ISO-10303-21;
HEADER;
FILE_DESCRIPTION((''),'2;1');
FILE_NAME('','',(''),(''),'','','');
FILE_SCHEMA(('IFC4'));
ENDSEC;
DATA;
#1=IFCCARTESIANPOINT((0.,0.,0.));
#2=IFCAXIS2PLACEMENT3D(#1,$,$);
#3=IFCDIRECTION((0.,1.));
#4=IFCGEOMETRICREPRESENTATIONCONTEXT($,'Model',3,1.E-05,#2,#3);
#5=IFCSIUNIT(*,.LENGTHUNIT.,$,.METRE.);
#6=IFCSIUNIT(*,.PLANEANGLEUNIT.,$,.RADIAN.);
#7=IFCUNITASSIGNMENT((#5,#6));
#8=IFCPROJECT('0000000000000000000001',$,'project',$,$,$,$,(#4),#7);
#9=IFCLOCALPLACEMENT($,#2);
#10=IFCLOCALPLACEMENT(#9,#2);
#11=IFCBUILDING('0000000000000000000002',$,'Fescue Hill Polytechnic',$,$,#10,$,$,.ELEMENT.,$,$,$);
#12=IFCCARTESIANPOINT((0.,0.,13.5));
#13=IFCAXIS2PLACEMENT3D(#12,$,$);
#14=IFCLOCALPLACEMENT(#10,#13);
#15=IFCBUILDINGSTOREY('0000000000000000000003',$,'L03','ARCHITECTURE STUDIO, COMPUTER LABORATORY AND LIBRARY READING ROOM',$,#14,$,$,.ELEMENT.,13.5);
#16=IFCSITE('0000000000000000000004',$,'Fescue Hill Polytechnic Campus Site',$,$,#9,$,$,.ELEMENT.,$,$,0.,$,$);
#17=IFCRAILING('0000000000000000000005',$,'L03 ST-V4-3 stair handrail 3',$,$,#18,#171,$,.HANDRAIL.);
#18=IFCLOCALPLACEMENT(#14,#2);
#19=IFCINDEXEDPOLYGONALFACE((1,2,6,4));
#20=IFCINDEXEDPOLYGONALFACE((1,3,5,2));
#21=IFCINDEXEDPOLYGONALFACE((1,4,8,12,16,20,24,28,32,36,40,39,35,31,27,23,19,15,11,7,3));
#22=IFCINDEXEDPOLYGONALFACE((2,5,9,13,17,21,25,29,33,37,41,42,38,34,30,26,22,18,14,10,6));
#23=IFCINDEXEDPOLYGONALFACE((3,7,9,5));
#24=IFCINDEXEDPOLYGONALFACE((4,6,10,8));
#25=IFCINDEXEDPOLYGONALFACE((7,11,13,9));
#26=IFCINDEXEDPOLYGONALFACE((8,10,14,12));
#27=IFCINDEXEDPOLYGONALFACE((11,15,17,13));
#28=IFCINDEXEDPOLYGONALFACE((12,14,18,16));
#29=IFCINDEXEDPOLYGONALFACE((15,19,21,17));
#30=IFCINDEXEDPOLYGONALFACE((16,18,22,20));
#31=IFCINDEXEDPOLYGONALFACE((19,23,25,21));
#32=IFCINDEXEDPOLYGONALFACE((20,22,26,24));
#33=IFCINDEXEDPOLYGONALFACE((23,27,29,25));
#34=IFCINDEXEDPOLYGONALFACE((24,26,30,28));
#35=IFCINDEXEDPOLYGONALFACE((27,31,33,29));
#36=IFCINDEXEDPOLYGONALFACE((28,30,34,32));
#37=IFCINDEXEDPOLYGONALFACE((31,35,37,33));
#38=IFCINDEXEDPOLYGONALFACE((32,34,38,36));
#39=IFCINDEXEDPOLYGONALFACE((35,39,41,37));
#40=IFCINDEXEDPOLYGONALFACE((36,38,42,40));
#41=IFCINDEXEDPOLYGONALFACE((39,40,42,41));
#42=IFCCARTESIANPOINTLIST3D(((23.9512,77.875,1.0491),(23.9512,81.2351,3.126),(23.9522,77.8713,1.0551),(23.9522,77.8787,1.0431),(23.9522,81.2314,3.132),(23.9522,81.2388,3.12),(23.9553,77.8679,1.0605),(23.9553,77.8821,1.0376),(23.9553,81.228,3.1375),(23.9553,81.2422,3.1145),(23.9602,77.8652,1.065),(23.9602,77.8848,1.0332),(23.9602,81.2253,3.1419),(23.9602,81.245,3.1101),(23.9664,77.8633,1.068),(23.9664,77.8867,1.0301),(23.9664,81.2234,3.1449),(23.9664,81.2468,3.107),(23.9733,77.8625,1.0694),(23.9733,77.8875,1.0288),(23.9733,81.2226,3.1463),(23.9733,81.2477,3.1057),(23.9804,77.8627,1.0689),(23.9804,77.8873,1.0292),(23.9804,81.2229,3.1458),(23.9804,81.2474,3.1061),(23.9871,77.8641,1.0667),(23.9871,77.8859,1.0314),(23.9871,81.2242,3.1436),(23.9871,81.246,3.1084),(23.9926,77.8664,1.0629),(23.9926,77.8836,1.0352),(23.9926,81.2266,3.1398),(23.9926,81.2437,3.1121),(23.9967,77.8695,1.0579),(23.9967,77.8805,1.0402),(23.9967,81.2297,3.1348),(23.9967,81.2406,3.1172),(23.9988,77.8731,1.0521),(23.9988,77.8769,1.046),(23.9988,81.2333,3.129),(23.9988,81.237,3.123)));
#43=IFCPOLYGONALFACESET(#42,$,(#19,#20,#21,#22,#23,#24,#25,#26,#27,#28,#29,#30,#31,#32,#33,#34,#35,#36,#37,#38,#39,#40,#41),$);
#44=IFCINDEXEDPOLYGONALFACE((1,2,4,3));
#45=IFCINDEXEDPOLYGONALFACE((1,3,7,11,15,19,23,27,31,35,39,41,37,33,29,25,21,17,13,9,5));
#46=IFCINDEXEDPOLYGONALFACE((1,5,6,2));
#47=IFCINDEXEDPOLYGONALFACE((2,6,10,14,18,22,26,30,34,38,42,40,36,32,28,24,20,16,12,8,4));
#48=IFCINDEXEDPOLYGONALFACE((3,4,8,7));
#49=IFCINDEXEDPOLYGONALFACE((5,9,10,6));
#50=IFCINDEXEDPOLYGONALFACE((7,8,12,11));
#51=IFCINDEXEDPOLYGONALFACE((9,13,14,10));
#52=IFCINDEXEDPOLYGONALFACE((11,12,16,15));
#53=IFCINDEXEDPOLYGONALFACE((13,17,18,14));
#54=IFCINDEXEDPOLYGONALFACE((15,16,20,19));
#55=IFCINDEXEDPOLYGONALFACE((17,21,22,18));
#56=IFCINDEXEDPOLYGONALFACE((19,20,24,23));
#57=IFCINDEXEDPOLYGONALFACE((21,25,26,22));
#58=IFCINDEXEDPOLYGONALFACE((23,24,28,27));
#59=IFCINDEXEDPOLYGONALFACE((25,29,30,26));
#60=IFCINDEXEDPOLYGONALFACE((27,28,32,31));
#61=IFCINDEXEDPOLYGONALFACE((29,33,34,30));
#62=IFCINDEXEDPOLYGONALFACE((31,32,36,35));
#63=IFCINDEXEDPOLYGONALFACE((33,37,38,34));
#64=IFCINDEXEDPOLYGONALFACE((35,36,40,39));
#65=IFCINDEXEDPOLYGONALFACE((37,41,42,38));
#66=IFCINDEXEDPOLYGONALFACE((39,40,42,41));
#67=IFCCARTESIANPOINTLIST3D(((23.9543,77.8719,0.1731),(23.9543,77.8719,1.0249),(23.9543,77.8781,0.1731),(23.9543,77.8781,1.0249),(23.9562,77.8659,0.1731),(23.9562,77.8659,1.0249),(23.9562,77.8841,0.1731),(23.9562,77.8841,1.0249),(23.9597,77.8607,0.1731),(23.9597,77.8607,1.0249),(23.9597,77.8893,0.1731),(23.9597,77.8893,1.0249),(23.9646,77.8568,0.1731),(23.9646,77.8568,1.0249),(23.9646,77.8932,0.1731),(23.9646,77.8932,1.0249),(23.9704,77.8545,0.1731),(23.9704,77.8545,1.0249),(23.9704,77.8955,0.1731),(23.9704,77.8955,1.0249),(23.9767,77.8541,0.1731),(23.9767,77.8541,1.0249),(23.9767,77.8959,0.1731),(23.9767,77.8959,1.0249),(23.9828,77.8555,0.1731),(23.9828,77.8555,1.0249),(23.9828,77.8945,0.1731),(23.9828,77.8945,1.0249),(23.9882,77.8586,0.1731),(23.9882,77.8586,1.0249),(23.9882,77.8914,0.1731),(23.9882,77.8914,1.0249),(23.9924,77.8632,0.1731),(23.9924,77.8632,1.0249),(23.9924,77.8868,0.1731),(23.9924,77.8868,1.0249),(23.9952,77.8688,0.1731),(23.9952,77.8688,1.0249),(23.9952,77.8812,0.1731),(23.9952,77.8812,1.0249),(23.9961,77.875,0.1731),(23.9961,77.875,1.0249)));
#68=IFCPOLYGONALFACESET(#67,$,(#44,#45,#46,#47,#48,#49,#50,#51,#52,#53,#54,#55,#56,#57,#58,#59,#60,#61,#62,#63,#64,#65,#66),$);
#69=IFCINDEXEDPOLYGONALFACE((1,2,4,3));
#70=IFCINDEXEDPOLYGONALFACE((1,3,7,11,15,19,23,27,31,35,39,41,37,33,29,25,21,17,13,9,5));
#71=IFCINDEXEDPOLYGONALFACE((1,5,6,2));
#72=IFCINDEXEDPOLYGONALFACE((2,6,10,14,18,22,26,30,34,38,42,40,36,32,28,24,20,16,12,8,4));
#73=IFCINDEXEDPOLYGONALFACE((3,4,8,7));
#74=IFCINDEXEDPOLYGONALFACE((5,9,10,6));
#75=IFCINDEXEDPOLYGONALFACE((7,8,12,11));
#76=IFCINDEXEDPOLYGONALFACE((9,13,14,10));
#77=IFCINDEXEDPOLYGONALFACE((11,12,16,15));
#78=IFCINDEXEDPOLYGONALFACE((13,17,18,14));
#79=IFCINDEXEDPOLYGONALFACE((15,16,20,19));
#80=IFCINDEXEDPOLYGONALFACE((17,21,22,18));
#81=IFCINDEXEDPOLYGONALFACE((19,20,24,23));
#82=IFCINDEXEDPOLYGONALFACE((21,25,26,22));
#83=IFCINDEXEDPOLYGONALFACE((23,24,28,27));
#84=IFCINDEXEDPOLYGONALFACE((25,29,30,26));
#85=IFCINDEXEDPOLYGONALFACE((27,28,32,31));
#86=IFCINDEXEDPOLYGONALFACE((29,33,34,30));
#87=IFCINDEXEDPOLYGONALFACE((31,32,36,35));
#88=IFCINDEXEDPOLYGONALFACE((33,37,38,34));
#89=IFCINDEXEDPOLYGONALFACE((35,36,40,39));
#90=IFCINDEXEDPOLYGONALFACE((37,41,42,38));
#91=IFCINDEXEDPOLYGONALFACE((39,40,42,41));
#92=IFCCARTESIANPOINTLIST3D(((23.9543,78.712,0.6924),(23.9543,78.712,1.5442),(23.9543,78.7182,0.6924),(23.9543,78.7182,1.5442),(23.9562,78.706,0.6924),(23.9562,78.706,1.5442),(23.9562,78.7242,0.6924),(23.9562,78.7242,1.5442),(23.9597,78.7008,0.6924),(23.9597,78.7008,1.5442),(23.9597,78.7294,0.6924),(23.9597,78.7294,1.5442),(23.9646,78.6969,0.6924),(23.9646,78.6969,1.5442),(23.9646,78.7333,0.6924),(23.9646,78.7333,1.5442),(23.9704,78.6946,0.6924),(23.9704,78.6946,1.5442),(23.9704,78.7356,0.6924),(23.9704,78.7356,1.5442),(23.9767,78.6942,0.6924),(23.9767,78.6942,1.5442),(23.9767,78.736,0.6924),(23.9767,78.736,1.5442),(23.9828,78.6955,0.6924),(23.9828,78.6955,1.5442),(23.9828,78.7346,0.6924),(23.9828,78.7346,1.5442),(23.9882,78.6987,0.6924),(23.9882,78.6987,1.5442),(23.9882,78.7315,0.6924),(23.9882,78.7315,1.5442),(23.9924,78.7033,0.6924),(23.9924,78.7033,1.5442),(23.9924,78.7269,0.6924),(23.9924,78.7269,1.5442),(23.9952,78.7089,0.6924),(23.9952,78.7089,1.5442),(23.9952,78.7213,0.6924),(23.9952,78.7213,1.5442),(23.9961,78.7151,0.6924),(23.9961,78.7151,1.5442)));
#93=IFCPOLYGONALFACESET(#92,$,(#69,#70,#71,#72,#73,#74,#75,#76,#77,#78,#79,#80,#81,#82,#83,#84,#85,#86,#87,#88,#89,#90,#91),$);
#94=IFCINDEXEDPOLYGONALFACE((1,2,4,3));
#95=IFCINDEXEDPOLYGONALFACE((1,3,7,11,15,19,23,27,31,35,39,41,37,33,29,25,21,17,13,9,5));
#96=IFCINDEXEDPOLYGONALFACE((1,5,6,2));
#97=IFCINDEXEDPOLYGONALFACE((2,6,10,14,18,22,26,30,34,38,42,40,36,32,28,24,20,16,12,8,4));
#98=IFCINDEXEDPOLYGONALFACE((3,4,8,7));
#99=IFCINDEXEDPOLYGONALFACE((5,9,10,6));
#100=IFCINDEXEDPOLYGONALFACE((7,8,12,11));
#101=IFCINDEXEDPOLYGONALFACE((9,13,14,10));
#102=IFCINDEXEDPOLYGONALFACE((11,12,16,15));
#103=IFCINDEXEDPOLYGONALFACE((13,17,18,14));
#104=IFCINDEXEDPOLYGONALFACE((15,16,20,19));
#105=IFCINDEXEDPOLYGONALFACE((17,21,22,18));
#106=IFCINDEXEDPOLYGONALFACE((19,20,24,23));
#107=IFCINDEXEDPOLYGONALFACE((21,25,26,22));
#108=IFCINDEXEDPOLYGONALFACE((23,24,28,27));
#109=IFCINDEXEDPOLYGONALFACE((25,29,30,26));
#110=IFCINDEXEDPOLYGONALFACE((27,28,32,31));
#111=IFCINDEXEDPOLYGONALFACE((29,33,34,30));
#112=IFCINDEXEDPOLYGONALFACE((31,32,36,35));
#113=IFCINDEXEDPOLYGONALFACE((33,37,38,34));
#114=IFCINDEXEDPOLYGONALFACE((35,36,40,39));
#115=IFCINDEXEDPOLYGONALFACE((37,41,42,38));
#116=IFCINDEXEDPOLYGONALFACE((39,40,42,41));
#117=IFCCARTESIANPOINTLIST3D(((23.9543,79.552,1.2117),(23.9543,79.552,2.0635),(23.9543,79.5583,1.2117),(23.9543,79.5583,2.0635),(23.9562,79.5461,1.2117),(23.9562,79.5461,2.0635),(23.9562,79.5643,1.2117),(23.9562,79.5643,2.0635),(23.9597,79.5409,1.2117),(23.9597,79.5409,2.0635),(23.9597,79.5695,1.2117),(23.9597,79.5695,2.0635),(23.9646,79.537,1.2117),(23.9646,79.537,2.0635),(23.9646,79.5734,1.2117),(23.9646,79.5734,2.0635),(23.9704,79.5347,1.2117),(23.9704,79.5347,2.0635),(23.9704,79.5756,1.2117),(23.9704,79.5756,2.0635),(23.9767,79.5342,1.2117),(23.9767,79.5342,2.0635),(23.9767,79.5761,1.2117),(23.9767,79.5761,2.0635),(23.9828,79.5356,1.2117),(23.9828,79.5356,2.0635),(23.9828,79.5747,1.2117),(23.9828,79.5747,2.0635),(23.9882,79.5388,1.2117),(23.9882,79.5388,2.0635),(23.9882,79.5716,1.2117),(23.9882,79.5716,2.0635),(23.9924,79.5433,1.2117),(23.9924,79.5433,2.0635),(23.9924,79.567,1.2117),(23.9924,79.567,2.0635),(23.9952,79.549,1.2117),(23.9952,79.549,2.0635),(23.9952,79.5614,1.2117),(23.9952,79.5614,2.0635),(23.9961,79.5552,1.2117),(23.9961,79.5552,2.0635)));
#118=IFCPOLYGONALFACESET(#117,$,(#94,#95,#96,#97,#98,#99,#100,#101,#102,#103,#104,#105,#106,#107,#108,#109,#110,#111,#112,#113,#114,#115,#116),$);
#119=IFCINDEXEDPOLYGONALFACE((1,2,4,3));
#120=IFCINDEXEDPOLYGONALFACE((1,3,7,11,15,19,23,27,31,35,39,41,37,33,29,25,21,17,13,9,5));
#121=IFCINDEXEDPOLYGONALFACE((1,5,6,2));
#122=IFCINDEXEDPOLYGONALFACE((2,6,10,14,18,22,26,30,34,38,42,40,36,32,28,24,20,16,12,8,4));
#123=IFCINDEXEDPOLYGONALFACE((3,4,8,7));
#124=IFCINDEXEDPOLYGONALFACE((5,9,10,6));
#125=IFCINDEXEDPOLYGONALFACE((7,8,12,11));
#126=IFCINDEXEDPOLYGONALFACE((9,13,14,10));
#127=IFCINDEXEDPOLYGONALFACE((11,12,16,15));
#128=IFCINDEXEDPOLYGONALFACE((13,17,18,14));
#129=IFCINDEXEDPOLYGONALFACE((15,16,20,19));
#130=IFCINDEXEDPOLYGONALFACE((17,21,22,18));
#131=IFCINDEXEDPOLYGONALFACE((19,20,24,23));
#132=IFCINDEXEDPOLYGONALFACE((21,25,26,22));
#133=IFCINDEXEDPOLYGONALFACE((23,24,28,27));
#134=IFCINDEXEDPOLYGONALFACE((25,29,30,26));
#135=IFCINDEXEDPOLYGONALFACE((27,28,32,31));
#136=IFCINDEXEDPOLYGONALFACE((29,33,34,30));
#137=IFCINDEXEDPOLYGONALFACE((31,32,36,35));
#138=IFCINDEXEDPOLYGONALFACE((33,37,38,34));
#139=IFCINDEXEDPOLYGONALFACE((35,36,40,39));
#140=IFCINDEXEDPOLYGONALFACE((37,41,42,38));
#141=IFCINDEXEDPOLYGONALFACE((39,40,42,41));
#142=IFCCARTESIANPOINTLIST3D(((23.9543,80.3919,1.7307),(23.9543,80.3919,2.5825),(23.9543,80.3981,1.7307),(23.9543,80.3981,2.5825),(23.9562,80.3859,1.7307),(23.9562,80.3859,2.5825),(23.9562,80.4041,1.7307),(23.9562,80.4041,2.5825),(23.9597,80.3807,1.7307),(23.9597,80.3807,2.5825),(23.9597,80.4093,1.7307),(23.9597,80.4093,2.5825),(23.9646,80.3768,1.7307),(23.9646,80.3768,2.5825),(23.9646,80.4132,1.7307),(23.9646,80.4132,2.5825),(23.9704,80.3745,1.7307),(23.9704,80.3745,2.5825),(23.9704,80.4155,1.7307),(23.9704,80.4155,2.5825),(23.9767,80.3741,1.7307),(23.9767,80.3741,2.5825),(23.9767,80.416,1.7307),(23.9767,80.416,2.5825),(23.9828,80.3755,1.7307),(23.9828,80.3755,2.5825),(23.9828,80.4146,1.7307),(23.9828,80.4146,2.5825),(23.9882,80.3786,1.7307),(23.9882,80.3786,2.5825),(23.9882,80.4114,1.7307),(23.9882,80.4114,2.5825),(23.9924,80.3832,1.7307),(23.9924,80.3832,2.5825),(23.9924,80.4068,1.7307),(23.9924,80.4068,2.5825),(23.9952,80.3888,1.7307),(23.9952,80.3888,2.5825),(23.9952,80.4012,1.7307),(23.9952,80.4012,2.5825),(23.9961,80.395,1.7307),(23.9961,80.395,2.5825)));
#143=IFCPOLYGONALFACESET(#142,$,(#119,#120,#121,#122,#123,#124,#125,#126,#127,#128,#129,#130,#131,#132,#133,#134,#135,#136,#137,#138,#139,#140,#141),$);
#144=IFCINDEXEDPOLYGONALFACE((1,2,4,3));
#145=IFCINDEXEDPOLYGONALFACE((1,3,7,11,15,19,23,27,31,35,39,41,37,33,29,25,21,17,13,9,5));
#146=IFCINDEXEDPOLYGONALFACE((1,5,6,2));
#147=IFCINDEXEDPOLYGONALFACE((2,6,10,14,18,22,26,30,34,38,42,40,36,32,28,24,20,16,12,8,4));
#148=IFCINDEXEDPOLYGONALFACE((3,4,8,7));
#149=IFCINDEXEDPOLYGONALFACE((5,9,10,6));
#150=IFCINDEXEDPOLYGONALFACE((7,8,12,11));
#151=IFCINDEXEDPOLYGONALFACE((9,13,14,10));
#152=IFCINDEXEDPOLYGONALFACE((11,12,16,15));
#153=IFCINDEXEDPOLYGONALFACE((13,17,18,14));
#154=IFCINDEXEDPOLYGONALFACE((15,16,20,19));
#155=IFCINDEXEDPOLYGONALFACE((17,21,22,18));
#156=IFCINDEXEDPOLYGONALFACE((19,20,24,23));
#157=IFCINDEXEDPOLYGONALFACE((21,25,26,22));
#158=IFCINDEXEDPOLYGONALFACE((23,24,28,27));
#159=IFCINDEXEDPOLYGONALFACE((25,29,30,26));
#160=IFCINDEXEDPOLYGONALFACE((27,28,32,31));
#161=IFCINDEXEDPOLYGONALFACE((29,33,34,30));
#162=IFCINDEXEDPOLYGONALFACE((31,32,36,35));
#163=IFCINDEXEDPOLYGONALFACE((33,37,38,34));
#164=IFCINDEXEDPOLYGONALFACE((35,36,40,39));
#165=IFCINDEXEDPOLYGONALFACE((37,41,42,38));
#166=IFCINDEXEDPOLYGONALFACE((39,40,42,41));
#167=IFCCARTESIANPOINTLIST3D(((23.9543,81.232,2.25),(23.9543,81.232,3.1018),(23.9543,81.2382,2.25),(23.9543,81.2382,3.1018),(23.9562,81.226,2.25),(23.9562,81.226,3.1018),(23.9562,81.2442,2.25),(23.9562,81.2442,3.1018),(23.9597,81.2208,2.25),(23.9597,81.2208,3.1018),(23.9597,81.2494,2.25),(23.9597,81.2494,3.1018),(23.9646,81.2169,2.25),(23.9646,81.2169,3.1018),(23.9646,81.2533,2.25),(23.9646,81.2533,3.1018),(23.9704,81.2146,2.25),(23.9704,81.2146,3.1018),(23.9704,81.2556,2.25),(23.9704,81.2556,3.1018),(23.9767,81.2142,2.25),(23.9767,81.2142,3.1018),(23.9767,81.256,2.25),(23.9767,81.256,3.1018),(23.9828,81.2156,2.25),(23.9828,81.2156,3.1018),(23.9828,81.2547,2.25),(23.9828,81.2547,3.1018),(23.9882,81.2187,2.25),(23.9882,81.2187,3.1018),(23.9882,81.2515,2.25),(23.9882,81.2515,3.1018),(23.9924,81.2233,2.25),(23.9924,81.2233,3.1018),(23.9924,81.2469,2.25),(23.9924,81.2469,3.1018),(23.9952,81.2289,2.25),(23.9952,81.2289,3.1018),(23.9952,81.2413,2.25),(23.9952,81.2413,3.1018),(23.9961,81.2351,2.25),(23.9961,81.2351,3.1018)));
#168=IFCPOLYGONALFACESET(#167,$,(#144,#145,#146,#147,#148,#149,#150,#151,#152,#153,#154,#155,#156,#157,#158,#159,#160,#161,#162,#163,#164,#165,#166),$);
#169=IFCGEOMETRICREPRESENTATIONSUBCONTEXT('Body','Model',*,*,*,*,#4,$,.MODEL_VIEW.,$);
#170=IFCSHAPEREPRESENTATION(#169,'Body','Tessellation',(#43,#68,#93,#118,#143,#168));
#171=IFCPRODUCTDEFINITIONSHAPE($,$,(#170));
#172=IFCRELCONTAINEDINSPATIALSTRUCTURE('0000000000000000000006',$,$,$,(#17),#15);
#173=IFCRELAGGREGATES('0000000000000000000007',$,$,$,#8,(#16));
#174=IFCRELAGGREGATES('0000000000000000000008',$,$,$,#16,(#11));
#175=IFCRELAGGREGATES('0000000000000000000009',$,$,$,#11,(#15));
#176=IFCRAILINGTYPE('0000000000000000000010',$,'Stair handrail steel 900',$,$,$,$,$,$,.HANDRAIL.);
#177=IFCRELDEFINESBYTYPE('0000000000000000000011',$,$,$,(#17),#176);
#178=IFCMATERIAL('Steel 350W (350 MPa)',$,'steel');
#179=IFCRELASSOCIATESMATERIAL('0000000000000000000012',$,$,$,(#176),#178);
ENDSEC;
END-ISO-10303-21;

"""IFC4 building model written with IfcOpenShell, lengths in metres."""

from ifc_helpers import new_model, si_unit, direction, frame, origin, origin_2d, place, context, subcontext, project, spatial, circle, extrude, material, type_object, element, save


model = new_model("IFC4")

# Units and contexts
model_context = context("Model", 3, precision=1e-05, world=origin(), true_north=direction((0.0, 1.0)))
body_context = subcontext(model_context, "Body", "Model", "MODEL_VIEW")
ifc_project = project(units=[si_unit("LENGTHUNIT", "METRE"), si_unit("PLANEANGLEUNIT", "RADIAN")], contexts=[model_context])

# Site, building, storey
site_placement = place(None, origin())
site = spatial("IfcSite", under=ifc_project, at=site_placement, Name="Fescue Hill Polytechnic Campus Site", CompositionType="ELEMENT", RefElevation=0.0)
building_placement = place(site_placement, origin())
building = spatial("IfcBuilding", under=site, at=building_placement, Name="Fescue Hill Polytechnic", CompositionType="ELEMENT")
storey_placement = place(building_placement, frame((0.0, 0.0, 13.5)))
storey = spatial("IfcBuildingStorey", under=building, at=storey_placement, Name="L03", Description="ARCHITECTURE STUDIO, COMPUTER LABORATORY AND LIBRARY READING ROOM", CompositionType="ELEMENT", Elevation=13.5)

# Railing
ifc_material_1 = material(Name="Steel 350W (350 MPa)", Category="steel")
railing_type_1 = type_object("IfcRailingType", Name="Stair handrail steel 900", PredefinedType="HANDRAIL", material=ifc_material_1)
railing_1_placement = place(storey_placement, frame((23.9751, 77.875, 0.1731)))
element("IfcRailing", 1, at=railing_1_placement, inside=storey, type_object=railing_type_1, Name="L03 ST-V4-3 stair handrail 3", PredefinedType="HANDRAIL", context=body_context, shape_type="SweptSolid", body=[
    extrude(circle(Radius=0.0239, at=origin_2d()), frame((0.0, 0.0, 0.876), z_axis=(0.0, 0.850623, 0.525776), x_axis=(-1.0, 0.0, 0.0)), (0.0, 0.0, 1.0), 3.9502),
    extrude(circle(Radius=0.021, at=origin_2d()), origin(), (0.0, 0.0, 1.0), 0.8518),
    extrude(circle(Radius=0.021, at=origin_2d()), frame((0.0, 0.8401, 0.5193)), (0.0, 0.0, 1.0), 0.8518),
    extrude(circle(Radius=0.021, at=origin_2d()), frame((0.0, 1.6802, 1.0386)), (0.0, 0.0, 1.0), 0.8518),
    extrude(circle(Radius=0.021, at=origin_2d()), frame((0.0, 2.52, 1.5576)), (0.0, 0.0, 1.0), 0.8518),
    extrude(circle(Radius=0.021, at=origin_2d()), frame((0.0, 3.3601, 2.0769)), (0.0, 0.0, 1.0), 0.8518),
])

save(model, "model.ifc")
